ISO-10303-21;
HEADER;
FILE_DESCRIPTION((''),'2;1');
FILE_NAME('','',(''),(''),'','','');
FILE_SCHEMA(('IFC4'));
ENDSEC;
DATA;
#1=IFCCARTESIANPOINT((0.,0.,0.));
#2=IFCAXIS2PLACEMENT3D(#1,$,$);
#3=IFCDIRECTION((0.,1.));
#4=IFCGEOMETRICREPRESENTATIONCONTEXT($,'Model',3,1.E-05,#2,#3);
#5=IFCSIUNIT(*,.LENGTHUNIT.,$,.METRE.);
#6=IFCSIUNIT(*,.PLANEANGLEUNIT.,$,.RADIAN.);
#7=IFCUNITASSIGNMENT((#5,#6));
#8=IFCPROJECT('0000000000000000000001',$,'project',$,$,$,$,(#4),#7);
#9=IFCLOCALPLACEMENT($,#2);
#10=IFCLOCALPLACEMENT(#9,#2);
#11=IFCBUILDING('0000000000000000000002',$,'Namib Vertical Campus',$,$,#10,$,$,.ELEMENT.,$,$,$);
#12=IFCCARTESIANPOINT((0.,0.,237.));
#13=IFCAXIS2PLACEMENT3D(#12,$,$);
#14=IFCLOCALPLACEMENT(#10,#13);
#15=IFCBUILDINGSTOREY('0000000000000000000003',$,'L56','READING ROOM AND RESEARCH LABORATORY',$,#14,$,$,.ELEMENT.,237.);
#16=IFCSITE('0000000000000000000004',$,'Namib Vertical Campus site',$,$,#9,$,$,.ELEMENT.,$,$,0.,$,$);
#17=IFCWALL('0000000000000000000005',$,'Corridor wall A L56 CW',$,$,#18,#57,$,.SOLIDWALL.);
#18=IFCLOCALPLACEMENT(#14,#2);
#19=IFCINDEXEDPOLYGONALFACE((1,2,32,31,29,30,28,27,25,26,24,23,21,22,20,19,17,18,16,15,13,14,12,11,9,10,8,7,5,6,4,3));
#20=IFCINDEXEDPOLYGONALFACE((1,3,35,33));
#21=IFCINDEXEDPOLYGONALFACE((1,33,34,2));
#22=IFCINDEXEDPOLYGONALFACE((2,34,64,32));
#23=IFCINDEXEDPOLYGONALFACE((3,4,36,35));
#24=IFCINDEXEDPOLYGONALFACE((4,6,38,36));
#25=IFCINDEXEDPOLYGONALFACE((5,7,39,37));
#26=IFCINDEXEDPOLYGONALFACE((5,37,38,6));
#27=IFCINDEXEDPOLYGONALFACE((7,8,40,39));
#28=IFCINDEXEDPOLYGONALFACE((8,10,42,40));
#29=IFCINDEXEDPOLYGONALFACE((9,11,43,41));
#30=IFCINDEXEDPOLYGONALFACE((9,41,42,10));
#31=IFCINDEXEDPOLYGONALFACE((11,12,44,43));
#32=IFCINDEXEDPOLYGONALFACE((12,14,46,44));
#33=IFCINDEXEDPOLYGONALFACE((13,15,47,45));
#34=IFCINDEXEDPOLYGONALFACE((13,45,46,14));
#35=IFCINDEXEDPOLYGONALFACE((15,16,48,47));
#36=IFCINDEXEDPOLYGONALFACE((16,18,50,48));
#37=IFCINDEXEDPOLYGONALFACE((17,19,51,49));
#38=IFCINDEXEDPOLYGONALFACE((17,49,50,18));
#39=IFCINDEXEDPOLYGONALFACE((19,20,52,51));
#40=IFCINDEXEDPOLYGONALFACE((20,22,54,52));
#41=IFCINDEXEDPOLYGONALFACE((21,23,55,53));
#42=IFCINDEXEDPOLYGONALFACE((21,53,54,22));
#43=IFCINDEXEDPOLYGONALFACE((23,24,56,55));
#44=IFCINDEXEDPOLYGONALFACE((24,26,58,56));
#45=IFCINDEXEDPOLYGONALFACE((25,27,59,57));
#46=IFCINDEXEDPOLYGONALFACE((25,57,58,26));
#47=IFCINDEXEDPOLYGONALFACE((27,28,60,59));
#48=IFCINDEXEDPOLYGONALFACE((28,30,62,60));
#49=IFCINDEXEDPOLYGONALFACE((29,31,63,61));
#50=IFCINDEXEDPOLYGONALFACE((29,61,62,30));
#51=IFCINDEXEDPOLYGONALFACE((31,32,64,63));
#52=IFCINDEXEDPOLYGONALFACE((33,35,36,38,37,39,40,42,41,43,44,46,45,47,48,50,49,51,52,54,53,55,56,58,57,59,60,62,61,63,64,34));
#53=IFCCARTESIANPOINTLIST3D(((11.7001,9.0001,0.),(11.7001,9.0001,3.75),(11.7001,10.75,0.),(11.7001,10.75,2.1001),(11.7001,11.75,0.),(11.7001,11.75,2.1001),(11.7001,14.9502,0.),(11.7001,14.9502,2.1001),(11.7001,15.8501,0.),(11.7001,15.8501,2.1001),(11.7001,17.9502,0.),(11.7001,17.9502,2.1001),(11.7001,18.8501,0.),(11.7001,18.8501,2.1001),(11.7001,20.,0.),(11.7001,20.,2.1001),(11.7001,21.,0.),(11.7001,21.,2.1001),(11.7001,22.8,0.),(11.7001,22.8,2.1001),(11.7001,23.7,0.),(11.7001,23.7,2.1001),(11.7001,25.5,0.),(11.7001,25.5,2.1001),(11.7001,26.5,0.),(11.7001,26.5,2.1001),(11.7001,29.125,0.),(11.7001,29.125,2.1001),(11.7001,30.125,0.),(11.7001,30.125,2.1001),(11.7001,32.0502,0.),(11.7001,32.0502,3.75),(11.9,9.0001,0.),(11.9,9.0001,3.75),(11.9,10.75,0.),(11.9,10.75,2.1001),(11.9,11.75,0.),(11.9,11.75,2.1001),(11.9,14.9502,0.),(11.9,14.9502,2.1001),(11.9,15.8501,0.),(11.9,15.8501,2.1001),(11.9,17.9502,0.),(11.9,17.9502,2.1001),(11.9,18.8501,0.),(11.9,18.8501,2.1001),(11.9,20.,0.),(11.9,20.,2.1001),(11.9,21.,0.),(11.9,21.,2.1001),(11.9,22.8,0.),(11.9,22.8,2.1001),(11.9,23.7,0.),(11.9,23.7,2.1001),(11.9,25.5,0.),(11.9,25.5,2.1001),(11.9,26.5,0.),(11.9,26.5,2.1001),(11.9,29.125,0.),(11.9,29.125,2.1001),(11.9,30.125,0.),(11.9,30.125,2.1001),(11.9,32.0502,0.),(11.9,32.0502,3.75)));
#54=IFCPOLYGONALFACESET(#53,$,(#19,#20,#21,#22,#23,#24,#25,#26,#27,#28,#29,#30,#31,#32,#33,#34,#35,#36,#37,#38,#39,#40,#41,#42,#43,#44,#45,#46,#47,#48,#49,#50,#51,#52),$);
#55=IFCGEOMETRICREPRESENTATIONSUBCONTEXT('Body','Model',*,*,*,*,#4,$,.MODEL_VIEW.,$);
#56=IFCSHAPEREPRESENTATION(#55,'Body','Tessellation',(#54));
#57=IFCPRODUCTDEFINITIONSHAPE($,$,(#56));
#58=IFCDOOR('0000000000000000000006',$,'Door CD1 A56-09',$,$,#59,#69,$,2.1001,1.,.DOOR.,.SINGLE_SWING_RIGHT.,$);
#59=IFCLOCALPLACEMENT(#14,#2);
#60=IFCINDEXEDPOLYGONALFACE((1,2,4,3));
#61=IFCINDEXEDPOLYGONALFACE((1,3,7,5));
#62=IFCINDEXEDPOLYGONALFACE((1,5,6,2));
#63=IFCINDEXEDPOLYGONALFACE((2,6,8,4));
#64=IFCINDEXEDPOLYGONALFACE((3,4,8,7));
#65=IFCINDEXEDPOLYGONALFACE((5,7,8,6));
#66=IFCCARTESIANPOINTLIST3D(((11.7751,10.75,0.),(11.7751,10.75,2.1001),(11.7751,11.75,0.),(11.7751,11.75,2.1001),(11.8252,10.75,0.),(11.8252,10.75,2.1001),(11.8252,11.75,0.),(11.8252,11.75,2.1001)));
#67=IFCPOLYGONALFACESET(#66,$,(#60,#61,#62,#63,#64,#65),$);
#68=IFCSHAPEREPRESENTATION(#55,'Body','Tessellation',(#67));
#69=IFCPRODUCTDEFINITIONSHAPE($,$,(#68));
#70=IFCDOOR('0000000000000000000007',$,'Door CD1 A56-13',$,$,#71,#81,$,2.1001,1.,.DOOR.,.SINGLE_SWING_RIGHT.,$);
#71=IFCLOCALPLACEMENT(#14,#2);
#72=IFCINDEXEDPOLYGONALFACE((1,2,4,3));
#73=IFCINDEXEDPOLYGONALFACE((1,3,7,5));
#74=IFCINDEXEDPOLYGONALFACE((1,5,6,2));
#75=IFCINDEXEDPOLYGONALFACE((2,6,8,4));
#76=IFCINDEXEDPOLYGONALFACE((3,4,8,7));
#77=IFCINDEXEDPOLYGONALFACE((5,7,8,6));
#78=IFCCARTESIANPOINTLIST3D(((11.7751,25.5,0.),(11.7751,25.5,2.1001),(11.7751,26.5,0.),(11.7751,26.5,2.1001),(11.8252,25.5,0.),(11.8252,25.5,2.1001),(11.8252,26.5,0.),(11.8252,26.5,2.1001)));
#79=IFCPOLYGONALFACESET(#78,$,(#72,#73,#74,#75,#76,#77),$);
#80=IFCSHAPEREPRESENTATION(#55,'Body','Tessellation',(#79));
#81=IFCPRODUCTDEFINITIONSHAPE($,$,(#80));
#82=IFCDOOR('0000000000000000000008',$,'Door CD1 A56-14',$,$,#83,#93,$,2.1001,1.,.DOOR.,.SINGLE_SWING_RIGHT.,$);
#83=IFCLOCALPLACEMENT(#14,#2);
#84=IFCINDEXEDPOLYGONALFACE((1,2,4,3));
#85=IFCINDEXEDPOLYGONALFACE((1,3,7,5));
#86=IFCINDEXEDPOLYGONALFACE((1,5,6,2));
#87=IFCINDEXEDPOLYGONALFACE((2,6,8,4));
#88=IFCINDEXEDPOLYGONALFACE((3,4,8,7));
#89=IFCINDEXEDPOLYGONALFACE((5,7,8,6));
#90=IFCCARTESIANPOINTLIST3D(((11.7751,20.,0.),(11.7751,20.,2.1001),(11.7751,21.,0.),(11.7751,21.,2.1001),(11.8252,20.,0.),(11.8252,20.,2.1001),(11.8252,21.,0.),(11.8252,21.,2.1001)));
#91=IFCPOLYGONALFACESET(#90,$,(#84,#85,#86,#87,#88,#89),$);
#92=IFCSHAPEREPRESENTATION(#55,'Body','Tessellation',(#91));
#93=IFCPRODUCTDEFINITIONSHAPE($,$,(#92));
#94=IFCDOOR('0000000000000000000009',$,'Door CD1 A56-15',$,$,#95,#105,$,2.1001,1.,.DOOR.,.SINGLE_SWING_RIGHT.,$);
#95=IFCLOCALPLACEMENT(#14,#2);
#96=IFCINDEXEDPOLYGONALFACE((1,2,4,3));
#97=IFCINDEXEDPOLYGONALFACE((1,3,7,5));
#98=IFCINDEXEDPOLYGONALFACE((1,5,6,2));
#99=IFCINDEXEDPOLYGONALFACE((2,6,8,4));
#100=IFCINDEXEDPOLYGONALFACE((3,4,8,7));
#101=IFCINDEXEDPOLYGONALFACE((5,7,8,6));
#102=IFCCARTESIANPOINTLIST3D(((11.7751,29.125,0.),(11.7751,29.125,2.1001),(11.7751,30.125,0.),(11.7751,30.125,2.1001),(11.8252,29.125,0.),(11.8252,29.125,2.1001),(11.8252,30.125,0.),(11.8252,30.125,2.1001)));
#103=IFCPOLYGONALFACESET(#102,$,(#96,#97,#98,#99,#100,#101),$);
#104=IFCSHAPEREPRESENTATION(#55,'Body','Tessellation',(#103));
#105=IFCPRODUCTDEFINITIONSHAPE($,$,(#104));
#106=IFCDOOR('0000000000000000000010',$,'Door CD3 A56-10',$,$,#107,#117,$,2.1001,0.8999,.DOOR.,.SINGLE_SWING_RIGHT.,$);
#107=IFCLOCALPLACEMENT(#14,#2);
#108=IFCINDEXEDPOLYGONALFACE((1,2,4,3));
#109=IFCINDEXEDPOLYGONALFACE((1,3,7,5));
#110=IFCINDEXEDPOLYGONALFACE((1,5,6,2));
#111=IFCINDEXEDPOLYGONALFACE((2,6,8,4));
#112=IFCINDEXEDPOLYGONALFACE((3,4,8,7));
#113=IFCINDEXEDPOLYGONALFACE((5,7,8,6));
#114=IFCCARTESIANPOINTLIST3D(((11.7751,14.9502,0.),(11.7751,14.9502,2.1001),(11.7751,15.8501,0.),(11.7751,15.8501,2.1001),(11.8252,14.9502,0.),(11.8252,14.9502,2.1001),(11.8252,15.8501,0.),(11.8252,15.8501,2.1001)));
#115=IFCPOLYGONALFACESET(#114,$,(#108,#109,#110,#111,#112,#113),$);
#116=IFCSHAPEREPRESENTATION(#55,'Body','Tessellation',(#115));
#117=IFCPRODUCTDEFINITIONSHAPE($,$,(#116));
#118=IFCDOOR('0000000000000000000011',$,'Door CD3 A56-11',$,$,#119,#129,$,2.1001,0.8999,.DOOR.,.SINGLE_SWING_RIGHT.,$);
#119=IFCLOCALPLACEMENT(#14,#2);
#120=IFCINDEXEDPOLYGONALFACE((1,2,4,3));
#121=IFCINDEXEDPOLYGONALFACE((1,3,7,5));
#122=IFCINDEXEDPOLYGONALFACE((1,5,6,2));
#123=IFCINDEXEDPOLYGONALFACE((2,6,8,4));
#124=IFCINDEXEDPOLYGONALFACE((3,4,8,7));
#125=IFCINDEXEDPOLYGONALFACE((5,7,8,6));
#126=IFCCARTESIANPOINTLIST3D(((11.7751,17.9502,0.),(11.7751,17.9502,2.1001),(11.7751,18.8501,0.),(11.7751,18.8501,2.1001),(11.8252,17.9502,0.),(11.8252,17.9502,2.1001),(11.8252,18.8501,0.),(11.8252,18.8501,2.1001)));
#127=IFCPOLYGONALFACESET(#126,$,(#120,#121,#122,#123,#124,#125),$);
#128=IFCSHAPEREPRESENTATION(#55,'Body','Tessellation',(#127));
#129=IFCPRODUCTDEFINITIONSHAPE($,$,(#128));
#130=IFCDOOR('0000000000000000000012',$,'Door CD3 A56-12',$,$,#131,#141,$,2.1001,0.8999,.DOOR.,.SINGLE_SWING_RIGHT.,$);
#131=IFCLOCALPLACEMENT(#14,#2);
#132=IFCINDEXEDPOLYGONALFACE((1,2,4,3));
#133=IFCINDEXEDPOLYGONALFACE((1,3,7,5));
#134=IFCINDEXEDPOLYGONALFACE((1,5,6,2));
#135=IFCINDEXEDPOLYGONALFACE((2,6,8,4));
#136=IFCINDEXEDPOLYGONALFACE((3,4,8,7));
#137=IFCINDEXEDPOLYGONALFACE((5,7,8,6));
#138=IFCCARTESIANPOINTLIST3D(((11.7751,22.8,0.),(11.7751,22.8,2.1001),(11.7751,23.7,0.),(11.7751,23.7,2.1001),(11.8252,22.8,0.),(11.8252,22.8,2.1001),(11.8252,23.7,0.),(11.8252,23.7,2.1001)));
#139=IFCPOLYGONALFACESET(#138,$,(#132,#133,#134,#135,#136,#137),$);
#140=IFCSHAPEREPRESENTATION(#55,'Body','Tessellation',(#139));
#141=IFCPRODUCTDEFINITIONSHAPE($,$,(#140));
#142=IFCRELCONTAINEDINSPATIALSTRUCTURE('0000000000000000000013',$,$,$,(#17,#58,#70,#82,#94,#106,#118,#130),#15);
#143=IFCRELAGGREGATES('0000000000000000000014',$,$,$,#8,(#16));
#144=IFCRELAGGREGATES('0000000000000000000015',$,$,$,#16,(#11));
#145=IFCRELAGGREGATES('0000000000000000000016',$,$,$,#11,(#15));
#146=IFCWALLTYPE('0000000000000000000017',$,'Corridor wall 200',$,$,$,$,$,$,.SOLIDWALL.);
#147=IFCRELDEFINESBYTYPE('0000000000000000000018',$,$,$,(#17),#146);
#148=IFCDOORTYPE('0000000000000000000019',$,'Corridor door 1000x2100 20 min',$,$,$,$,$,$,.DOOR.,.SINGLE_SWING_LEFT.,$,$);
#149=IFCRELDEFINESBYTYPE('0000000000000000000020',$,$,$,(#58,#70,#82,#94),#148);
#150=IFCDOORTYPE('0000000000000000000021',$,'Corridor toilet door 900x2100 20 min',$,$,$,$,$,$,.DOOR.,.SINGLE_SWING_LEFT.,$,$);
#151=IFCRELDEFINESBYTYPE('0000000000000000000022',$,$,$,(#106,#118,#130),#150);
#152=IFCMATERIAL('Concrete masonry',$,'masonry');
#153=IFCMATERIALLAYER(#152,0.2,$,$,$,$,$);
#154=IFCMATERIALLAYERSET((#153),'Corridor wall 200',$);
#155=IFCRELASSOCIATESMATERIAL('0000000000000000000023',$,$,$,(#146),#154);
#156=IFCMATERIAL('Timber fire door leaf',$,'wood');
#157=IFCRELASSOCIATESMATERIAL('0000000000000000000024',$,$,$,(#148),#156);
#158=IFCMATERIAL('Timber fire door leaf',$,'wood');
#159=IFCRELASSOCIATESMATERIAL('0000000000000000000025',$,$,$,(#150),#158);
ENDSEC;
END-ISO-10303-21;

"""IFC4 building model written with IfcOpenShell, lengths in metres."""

from ifc_helpers import new_model, si_unit, direction, frame, frame_2d, origin, place, context, subcontext, project, spatial, rectangle, extrude, material, layer, layer_set, type_object, element, fill, save


model = new_model("IFC4")

# Units and contexts
model_context = context("Model", 3, precision=1e-05, world=origin(), true_north=direction((0.0, 1.0)))
body_context = subcontext(model_context, "Body", "Model", "MODEL_VIEW")
ifc_project = project(units=[si_unit("LENGTHUNIT", "METRE"), si_unit("PLANEANGLEUNIT", "RADIAN")], contexts=[model_context])

# Site, building, storey
site_placement = place(None, origin())
site = spatial("IfcSite", under=ifc_project, at=site_placement, Name="Namib Vertical Campus site", CompositionType="ELEMENT", RefElevation=0.0)
building_placement = place(site_placement, origin())
building = spatial("IfcBuilding", under=site, at=building_placement, Name="Namib Vertical Campus", CompositionType="ELEMENT")
storey_placement = place(building_placement, frame((0.0, 0.0, 237.0)))
storey = spatial("IfcBuildingStorey", under=building, at=storey_placement, Name="L56", Description="READING ROOM AND RESEARCH LABORATORY", CompositionType="ELEMENT", Elevation=237.0)

# Wall, openings, doors
ifc_material_1 = material(Name="Concrete masonry", Category="masonry")
ifc_layer_1 = layer(ifc_material_1, 0.2)
ifc_layer_set_1 = layer_set([ifc_layer_1], Name="Corridor wall 200")
wall_type_1 = type_object("IfcWallType", Name="Corridor wall 200", PredefinedType="SOLIDWALL", material=ifc_layer_set_1)
wall_1_placement = place(storey_placement, frame((11.8, 32.05, 0.0), z_axis=(0.0, 0.0, 1.0), x_axis=(0.0, -1.0, 0.0)))
wall_1 = element("IfcWall", 1, at=wall_1_placement, inside=storey, type_object=wall_type_1, Name="Corridor wall A L56 CW", PredefinedType="SOLIDWALL", context=body_context, shape_type="SweptSolid", body=[
    extrude(rectangle(XDim=23.05, YDim=0.2, at=frame_2d((11.5249, 0.0))), origin(), (0.0, 0.0, 1.0), 3.75),
])
opening_1_placement = place(wall_1_placement, frame((20.3, 0.0, 0.0)))
opening_1 = element("IfcOpeningElement", 2, at=opening_1_placement, cuts=wall_1, PredefinedType="OPENING", context=body_context, shape_type="SweptSolid", body=[
    extrude(rectangle(XDim=1.0, YDim=2.1001, at=frame_2d((0.5, 1.05))), frame((0.0, 0.1099, 0.0), z_axis=(0.0, -1.0, 0.0), x_axis=(1.0, 0.0, 0.0)), (0.0, 0.0, 1.0), 0.22),
])
opening_2_placement = place(wall_1_placement, frame((16.2, 0.0, 0.0)))
opening_2 = element("IfcOpeningElement", 3, at=opening_2_placement, cuts=wall_1, PredefinedType="OPENING", context=body_context, shape_type="SweptSolid", body=[
    extrude(rectangle(XDim=0.8999, YDim=2.1001, at=frame_2d((0.45, 1.05))), frame((0.0, 0.1099, 0.0), z_axis=(0.0, -1.0, 0.0), x_axis=(1.0, 0.0, 0.0)), (0.0, 0.0, 1.0), 0.22),
])
opening_3_placement = place(wall_1_placement, frame((13.2, 0.0, 0.0)))
opening_3 = element("IfcOpeningElement", 4, at=opening_3_placement, cuts=wall_1, PredefinedType="OPENING", context=body_context, shape_type="SweptSolid", body=[
    extrude(rectangle(XDim=0.8999, YDim=2.1001, at=frame_2d((0.45, 1.05))), frame((0.0, 0.1099, 0.0), z_axis=(0.0, -1.0, 0.0), x_axis=(1.0, 0.0, 0.0)), (0.0, 0.0, 1.0), 0.22),
])
opening_4_placement = place(wall_1_placement, frame((8.3501, 0.0, 0.0)))
opening_4 = element("IfcOpeningElement", 5, at=opening_4_placement, cuts=wall_1, PredefinedType="OPENING", context=body_context, shape_type="SweptSolid", body=[
    extrude(rectangle(XDim=0.8999, YDim=2.1001, at=frame_2d((0.45, 1.05))), frame((0.0, 0.1099, 0.0), z_axis=(0.0, -1.0, 0.0), x_axis=(1.0, 0.0, 0.0)), (0.0, 0.0, 1.0), 0.22),
])
opening_5_placement = place(wall_1_placement, frame((5.55, 0.0, 0.0)))
opening_5 = element("IfcOpeningElement", 6, at=opening_5_placement, cuts=wall_1, PredefinedType="OPENING", context=body_context, shape_type="SweptSolid", body=[
    extrude(rectangle(XDim=1.0, YDim=2.1001, at=frame_2d((0.5, 1.05))), frame((0.0, 0.1099, 0.0), z_axis=(0.0, -1.0, 0.0), x_axis=(1.0, 0.0, 0.0)), (0.0, 0.0, 1.0), 0.22),
])
opening_6_placement = place(wall_1_placement, frame((11.05, 0.0, 0.0)))
opening_6 = element("IfcOpeningElement", 7, at=opening_6_placement, cuts=wall_1, PredefinedType="OPENING", context=body_context, shape_type="SweptSolid", body=[
    extrude(rectangle(XDim=1.0, YDim=2.1001, at=frame_2d((0.5, 1.05))), frame((0.0, 0.1099, 0.0), z_axis=(0.0, -1.0, 0.0), x_axis=(1.0, 0.0, 0.0)), (0.0, 0.0, 1.0), 0.22),
])
opening_7_placement = place(wall_1_placement, frame((1.925, 0.0, 0.0)))
opening_7 = element("IfcOpeningElement", 8, at=opening_7_placement, cuts=wall_1, PredefinedType="OPENING", context=body_context, shape_type="SweptSolid", body=[
    extrude(rectangle(XDim=1.0, YDim=2.1001, at=frame_2d((0.5, 1.05))), frame((0.0, 0.1099, 0.0), z_axis=(0.0, -1.0, 0.0), x_axis=(1.0, 0.0, 0.0)), (0.0, 0.0, 1.0), 0.22),
])
ifc_material_2 = material(Name="Timber fire door leaf", Category="wood")
door_type_1 = type_object("IfcDoorType", Name="Corridor door 1000x2100 20 min", OperationType="SINGLE_SWING_LEFT", PredefinedType="DOOR", material=ifc_material_2)
door_1_placement = place(opening_1_placement, frame((1.0, 0.0, 0.0), z_axis=(0.0, 0.0, 1.0), x_axis=(-1.0, 0.0, 0.0)))
door_1 = element("IfcDoor", 9, at=door_1_placement, inside=storey, type_object=door_type_1, Name="Door CD1 A56-09", OperationType="SINGLE_SWING_RIGHT", OverallHeight=2.1001, OverallWidth=1.0, PredefinedType="DOOR", context=body_context, shape_type="SweptSolid", body=[
    extrude(rectangle(XDim=1.0, YDim=2.1001, at=frame_2d((0.5, 1.05))), frame((0.0, 0.0249, 0.0), z_axis=(0.0, -1.0, 0.0), x_axis=(1.0, 0.0, 0.0)), (0.0, 0.0, 1.0), 0.05),
])
fill(opening_1, door_1)
door_2_placement = place(opening_5_placement, frame((1.0, 0.0, 0.0), z_axis=(0.0, 0.0, 1.0), x_axis=(-1.0, 0.0, 0.0)))
door_2 = element("IfcDoor", 10, at=door_2_placement, inside=storey, type_object=door_type_1, Name="Door CD1 A56-13", OperationType="SINGLE_SWING_RIGHT", OverallHeight=2.1001, OverallWidth=1.0, PredefinedType="DOOR", context=body_context, shape_type="SweptSolid", body=[
    extrude(rectangle(XDim=1.0, YDim=2.1001, at=frame_2d((0.5, 1.05))), frame((0.0, 0.0249, 0.0), z_axis=(0.0, -1.0, 0.0), x_axis=(1.0, 0.0, 0.0)), (0.0, 0.0, 1.0), 0.05),
])
fill(opening_5, door_2)
door_3_placement = place(opening_6_placement, frame((1.0, 0.0, 0.0), z_axis=(0.0, 0.0, 1.0), x_axis=(-1.0, 0.0, 0.0)))
door_3 = element("IfcDoor", 11, at=door_3_placement, inside=storey, type_object=door_type_1, Name="Door CD1 A56-14", OperationType="SINGLE_SWING_RIGHT", OverallHeight=2.1001, OverallWidth=1.0, PredefinedType="DOOR", context=body_context, shape_type="SweptSolid", body=[
    extrude(rectangle(XDim=1.0, YDim=2.1001, at=frame_2d((0.5, 1.05))), frame((0.0, 0.0249, 0.0), z_axis=(0.0, -1.0, 0.0), x_axis=(1.0, 0.0, 0.0)), (0.0, 0.0, 1.0), 0.05),
])
fill(opening_6, door_3)
door_4_placement = place(opening_7_placement, frame((1.0, 0.0, 0.0), z_axis=(0.0, 0.0, 1.0), x_axis=(-1.0, 0.0, 0.0)))
door_4 = element("IfcDoor", 12, at=door_4_placement, inside=storey, type_object=door_type_1, Name="Door CD1 A56-15", OperationType="SINGLE_SWING_RIGHT", OverallHeight=2.1001, OverallWidth=1.0, PredefinedType="DOOR", context=body_context, shape_type="SweptSolid", body=[
    extrude(rectangle(XDim=1.0, YDim=2.1001, at=frame_2d((0.5, 1.05))), frame((0.0, 0.0249, 0.0), z_axis=(0.0, -1.0, 0.0), x_axis=(1.0, 0.0, 0.0)), (0.0, 0.0, 1.0), 0.05),
])
fill(opening_7, door_4)
ifc_material_3 = material(Name="Timber fire door leaf", Category="wood")
door_type_2 = type_object("IfcDoorType", Name="Corridor toilet door 900x2100 20 min", OperationType="SINGLE_SWING_LEFT", PredefinedType="DOOR", material=ifc_material_3)
door_5_placement = place(opening_2_placement, frame((0.8999, 0.0, 0.0), z_axis=(0.0, 0.0, 1.0), x_axis=(-1.0, 0.0, 0.0)))
door_5 = element("IfcDoor", 13, at=door_5_placement, inside=storey, type_object=door_type_2, Name="Door CD3 A56-10", OperationType="SINGLE_SWING_RIGHT", OverallHeight=2.1001, OverallWidth=0.8999, PredefinedType="DOOR", context=body_context, shape_type="SweptSolid", body=[
    extrude(rectangle(XDim=0.8999, YDim=2.1001, at=frame_2d((0.45, 1.05))), frame((0.0, 0.0249, 0.0), z_axis=(0.0, -1.0, 0.0), x_axis=(1.0, 0.0, 0.0)), (0.0, 0.0, 1.0), 0.05),
])
fill(opening_2, door_5)
door_6_placement = place(opening_3_placement, frame((0.8999, 0.0, 0.0), z_axis=(0.0, 0.0, 1.0), x_axis=(-1.0, 0.0, 0.0)))
door_6 = element("IfcDoor", 14, at=door_6_placement, inside=storey, type_object=door_type_2, Name="Door CD3 A56-11", OperationType="SINGLE_SWING_RIGHT", OverallHeight=2.1001, OverallWidth=0.8999, PredefinedType="DOOR", context=body_context, shape_type="SweptSolid", body=[
    extrude(rectangle(XDim=0.8999, YDim=2.1001, at=frame_2d((0.45, 1.05))), frame((0.0, 0.0249, 0.0), z_axis=(0.0, -1.0, 0.0), x_axis=(1.0, 0.0, 0.0)), (0.0, 0.0, 1.0), 0.05),
])
fill(opening_3, door_6)
door_7_placement = place(opening_4_placement, frame((0.8999, 0.0, 0.0), z_axis=(0.0, 0.0, 1.0), x_axis=(-1.0, 0.0, 0.0)))
door_7 = element("IfcDoor", 15, at=door_7_placement, inside=storey, type_object=door_type_2, Name="Door CD3 A56-12", OperationType="SINGLE_SWING_RIGHT", OverallHeight=2.1001, OverallWidth=0.8999, PredefinedType="DOOR", context=body_context, shape_type="SweptSolid", body=[
    extrude(rectangle(XDim=0.8999, YDim=2.1001, at=frame_2d((0.45, 1.05))), frame((0.0, 0.0249, 0.0), z_axis=(0.0, -1.0, 0.0), x_axis=(1.0, 0.0, 0.0)), (0.0, 0.0, 1.0), 0.05),
])
fill(opening_4, door_7)

save(model, "model.ifc")
